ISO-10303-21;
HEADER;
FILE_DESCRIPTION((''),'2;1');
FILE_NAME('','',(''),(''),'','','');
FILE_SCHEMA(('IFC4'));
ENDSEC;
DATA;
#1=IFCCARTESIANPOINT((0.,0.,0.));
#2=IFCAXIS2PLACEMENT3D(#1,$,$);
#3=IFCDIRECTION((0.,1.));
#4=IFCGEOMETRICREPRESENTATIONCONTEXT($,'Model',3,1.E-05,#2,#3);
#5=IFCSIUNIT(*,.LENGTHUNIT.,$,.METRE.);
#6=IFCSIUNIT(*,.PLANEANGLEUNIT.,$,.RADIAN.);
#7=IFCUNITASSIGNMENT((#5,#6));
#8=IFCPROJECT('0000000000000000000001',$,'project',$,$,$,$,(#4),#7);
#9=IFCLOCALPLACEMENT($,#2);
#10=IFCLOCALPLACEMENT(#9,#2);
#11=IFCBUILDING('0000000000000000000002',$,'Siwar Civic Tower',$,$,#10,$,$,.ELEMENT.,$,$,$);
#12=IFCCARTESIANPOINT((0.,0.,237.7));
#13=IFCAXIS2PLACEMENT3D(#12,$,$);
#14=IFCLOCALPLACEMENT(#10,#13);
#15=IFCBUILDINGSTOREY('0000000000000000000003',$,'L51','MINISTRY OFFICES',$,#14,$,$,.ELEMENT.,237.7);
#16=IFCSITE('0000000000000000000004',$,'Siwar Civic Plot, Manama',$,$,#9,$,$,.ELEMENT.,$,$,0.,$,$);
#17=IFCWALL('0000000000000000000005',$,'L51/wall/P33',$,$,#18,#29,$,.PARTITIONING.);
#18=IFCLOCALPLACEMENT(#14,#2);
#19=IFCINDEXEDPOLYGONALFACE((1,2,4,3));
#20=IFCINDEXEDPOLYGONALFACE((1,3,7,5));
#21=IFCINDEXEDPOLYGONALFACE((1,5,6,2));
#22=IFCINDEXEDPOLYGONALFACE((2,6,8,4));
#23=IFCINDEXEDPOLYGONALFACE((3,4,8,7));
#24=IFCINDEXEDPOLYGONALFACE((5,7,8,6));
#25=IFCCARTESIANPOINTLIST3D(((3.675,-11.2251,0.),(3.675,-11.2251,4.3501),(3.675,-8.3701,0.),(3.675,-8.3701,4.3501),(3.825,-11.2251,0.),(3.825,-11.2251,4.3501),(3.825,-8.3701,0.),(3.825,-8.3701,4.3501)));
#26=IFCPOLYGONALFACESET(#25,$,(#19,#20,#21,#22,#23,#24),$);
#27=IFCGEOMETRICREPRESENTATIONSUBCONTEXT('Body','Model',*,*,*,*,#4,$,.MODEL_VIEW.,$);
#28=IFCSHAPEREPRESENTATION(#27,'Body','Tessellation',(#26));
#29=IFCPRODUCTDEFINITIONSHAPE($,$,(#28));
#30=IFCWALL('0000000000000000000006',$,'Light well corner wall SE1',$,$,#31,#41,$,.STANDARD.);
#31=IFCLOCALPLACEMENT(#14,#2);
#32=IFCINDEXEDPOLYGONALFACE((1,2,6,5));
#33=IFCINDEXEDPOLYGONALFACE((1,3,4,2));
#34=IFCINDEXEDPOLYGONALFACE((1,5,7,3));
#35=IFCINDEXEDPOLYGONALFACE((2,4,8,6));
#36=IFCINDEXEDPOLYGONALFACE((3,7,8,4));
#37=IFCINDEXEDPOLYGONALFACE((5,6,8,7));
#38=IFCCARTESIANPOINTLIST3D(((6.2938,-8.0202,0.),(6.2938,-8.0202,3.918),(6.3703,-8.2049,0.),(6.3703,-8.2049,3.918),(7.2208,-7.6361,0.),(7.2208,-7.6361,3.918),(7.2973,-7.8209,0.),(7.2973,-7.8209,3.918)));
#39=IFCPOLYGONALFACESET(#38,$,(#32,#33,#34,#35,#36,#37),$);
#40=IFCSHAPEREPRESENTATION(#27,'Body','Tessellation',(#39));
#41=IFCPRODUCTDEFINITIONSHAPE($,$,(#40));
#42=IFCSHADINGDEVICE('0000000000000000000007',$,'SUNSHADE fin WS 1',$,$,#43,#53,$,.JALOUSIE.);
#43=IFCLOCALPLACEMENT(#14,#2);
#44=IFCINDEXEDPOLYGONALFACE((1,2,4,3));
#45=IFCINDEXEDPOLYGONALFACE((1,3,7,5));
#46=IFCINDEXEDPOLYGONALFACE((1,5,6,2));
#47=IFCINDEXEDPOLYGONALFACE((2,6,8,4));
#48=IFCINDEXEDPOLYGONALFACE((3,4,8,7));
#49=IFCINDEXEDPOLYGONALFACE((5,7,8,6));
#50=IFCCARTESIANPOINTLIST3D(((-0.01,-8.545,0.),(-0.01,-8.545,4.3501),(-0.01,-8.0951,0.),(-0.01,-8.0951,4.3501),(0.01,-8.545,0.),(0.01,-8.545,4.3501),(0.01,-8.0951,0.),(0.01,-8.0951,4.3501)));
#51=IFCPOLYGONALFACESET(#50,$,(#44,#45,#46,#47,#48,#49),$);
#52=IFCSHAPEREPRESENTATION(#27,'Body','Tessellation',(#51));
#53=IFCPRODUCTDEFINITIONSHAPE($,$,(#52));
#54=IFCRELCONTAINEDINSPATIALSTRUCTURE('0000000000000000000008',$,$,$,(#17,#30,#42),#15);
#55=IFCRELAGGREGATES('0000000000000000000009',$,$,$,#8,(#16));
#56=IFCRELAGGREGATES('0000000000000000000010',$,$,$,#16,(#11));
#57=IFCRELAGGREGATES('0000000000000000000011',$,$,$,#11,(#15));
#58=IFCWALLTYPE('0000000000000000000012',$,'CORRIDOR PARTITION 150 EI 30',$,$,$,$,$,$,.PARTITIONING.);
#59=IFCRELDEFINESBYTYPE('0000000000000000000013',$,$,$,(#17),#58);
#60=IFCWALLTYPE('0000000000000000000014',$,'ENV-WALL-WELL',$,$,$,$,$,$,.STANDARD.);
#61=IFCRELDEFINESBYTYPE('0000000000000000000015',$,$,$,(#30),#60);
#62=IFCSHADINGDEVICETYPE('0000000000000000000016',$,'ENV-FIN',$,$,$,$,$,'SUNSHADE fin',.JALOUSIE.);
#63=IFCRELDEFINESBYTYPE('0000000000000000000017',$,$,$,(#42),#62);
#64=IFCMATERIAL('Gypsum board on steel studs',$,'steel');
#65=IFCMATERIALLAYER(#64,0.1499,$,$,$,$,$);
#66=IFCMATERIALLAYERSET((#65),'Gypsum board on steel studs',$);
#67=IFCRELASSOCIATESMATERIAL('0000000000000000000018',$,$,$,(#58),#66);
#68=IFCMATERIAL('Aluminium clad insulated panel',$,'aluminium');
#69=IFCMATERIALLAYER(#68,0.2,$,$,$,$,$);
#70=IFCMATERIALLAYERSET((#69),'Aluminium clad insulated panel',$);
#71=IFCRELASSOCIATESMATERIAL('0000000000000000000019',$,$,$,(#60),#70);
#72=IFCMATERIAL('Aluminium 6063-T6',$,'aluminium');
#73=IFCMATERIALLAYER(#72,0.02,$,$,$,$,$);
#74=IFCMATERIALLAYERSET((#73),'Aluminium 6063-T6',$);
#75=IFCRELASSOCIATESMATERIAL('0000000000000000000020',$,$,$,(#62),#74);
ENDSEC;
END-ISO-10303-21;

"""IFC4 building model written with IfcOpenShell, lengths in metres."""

from ifc_helpers import new_model, si_unit, direction, frame, frame_2d, origin, origin_2d, place, context, subcontext, project, spatial, rectangle, extrude, material, layer, layer_set, type_object, element, save


model = new_model("IFC4")

# Units and contexts
model_context = context("Model", 3, precision=1e-05, world=origin(), true_north=direction((0.0, 1.0)))
body_context = subcontext(model_context, "Body", "Model", "MODEL_VIEW")
ifc_project = project(units=[si_unit("LENGTHUNIT", "METRE"), si_unit("PLANEANGLEUNIT", "RADIAN")], contexts=[model_context])

# Site, building, storey
site_placement = place(None, origin())
site = spatial("IfcSite", under=ifc_project, at=site_placement, Name="Siwar Civic Plot, Manama", CompositionType="ELEMENT", RefElevation=0.0)
building_placement = place(site_placement, origin())
building = spatial("IfcBuilding", under=site, at=building_placement, Name="Siwar Civic Tower", CompositionType="ELEMENT")
storey_placement = place(building_placement, frame((0.0, 0.0, 237.7)))
storey = spatial("IfcBuildingStorey", under=building, at=storey_placement, Name="L51", Description="MINISTRY OFFICES", CompositionType="ELEMENT", Elevation=237.7)

# Walls
ifc_material_1 = material(Name="Gypsum board on steel studs", Category="steel")
ifc_layer_1 = layer(ifc_material_1, 0.1499)
ifc_layer_set_1 = layer_set([ifc_layer_1], Name="Gypsum board on steel studs")
wall_type_1 = type_object("IfcWallType", Name="CORRIDOR PARTITION 150 EI 30", PredefinedType="PARTITIONING", material=ifc_layer_set_1)
wall_1_placement = place(storey_placement, frame((3.75, -11.2251, 0.0), z_axis=(0.0, 0.0, 1.0), x_axis=(0.0, 1.0, 0.0)))
element("IfcWall", 1, at=wall_1_placement, inside=storey, type_object=wall_type_1, Name="L51/wall/P33", PredefinedType="PARTITIONING", context=body_context, shape_type="SweptSolid", body=[
    extrude(rectangle(XDim=2.855, YDim=0.1499, at=frame_2d((1.4275, 0.0))), origin(), (0.0, 0.0, 1.0), 4.3501),
])
ifc_material_2 = material(Name="Aluminium clad insulated panel", Category="aluminium")
ifc_layer_2 = layer(ifc_material_2, 0.2)
ifc_layer_set_2 = layer_set([ifc_layer_2], Name="Aluminium clad insulated panel")
wall_type_2 = type_object("IfcWallType", Name="ENV-WALL-WELL", PredefinedType="STANDARD", material=ifc_layer_set_2)
wall_2_placement = place(storey_placement, frame((6.332, -8.1125, 0.0), z_axis=(0.0, 0.0, 1.0), x_axis=(0.92386, 0.382731, 0.0)))
element("IfcWall", 2, at=wall_2_placement, inside=storey, type_object=wall_type_2, Name="Light well corner wall SE1", PredefinedType="STANDARD", context=body_context, shape_type="SweptSolid", body=[
    extrude(rectangle(XDim=1.0034, YDim=0.2, at=frame_2d((0.5017, 0.0))), origin(), (0.0, 0.0, 1.0), 3.918),
])

# Shading device
ifc_material_3 = material(Name="Aluminium 6063-T6", Category="aluminium")
ifc_layer_3 = layer(ifc_material_3, 0.02)
ifc_layer_set_3 = layer_set([ifc_layer_3], Name="Aluminium 6063-T6")
shading_device_type = type_object("IfcShadingDeviceType", Name="ENV-FIN", ElementType="SUNSHADE fin", PredefinedType="JALOUSIE", material=ifc_layer_set_3)
shading_device_placement = place(storey_placement, frame((0.0, -8.3201, 0.0), z_axis=(0.0, 0.0, 1.0), x_axis=(1.0, 0.0, 0.0)))
element("IfcShadingDevice", 3, at=shading_device_placement, inside=storey, type_object=shading_device_type, Name="SUNSHADE fin WS 1", PredefinedType="JALOUSIE", context=body_context, shape_type="SweptSolid", body=[
    extrude(rectangle(XDim=0.02, YDim=0.45, at=origin_2d()), origin(), (0.0, 0.0, 1.0), 4.3501),
])

save(model, "model.ifc")
